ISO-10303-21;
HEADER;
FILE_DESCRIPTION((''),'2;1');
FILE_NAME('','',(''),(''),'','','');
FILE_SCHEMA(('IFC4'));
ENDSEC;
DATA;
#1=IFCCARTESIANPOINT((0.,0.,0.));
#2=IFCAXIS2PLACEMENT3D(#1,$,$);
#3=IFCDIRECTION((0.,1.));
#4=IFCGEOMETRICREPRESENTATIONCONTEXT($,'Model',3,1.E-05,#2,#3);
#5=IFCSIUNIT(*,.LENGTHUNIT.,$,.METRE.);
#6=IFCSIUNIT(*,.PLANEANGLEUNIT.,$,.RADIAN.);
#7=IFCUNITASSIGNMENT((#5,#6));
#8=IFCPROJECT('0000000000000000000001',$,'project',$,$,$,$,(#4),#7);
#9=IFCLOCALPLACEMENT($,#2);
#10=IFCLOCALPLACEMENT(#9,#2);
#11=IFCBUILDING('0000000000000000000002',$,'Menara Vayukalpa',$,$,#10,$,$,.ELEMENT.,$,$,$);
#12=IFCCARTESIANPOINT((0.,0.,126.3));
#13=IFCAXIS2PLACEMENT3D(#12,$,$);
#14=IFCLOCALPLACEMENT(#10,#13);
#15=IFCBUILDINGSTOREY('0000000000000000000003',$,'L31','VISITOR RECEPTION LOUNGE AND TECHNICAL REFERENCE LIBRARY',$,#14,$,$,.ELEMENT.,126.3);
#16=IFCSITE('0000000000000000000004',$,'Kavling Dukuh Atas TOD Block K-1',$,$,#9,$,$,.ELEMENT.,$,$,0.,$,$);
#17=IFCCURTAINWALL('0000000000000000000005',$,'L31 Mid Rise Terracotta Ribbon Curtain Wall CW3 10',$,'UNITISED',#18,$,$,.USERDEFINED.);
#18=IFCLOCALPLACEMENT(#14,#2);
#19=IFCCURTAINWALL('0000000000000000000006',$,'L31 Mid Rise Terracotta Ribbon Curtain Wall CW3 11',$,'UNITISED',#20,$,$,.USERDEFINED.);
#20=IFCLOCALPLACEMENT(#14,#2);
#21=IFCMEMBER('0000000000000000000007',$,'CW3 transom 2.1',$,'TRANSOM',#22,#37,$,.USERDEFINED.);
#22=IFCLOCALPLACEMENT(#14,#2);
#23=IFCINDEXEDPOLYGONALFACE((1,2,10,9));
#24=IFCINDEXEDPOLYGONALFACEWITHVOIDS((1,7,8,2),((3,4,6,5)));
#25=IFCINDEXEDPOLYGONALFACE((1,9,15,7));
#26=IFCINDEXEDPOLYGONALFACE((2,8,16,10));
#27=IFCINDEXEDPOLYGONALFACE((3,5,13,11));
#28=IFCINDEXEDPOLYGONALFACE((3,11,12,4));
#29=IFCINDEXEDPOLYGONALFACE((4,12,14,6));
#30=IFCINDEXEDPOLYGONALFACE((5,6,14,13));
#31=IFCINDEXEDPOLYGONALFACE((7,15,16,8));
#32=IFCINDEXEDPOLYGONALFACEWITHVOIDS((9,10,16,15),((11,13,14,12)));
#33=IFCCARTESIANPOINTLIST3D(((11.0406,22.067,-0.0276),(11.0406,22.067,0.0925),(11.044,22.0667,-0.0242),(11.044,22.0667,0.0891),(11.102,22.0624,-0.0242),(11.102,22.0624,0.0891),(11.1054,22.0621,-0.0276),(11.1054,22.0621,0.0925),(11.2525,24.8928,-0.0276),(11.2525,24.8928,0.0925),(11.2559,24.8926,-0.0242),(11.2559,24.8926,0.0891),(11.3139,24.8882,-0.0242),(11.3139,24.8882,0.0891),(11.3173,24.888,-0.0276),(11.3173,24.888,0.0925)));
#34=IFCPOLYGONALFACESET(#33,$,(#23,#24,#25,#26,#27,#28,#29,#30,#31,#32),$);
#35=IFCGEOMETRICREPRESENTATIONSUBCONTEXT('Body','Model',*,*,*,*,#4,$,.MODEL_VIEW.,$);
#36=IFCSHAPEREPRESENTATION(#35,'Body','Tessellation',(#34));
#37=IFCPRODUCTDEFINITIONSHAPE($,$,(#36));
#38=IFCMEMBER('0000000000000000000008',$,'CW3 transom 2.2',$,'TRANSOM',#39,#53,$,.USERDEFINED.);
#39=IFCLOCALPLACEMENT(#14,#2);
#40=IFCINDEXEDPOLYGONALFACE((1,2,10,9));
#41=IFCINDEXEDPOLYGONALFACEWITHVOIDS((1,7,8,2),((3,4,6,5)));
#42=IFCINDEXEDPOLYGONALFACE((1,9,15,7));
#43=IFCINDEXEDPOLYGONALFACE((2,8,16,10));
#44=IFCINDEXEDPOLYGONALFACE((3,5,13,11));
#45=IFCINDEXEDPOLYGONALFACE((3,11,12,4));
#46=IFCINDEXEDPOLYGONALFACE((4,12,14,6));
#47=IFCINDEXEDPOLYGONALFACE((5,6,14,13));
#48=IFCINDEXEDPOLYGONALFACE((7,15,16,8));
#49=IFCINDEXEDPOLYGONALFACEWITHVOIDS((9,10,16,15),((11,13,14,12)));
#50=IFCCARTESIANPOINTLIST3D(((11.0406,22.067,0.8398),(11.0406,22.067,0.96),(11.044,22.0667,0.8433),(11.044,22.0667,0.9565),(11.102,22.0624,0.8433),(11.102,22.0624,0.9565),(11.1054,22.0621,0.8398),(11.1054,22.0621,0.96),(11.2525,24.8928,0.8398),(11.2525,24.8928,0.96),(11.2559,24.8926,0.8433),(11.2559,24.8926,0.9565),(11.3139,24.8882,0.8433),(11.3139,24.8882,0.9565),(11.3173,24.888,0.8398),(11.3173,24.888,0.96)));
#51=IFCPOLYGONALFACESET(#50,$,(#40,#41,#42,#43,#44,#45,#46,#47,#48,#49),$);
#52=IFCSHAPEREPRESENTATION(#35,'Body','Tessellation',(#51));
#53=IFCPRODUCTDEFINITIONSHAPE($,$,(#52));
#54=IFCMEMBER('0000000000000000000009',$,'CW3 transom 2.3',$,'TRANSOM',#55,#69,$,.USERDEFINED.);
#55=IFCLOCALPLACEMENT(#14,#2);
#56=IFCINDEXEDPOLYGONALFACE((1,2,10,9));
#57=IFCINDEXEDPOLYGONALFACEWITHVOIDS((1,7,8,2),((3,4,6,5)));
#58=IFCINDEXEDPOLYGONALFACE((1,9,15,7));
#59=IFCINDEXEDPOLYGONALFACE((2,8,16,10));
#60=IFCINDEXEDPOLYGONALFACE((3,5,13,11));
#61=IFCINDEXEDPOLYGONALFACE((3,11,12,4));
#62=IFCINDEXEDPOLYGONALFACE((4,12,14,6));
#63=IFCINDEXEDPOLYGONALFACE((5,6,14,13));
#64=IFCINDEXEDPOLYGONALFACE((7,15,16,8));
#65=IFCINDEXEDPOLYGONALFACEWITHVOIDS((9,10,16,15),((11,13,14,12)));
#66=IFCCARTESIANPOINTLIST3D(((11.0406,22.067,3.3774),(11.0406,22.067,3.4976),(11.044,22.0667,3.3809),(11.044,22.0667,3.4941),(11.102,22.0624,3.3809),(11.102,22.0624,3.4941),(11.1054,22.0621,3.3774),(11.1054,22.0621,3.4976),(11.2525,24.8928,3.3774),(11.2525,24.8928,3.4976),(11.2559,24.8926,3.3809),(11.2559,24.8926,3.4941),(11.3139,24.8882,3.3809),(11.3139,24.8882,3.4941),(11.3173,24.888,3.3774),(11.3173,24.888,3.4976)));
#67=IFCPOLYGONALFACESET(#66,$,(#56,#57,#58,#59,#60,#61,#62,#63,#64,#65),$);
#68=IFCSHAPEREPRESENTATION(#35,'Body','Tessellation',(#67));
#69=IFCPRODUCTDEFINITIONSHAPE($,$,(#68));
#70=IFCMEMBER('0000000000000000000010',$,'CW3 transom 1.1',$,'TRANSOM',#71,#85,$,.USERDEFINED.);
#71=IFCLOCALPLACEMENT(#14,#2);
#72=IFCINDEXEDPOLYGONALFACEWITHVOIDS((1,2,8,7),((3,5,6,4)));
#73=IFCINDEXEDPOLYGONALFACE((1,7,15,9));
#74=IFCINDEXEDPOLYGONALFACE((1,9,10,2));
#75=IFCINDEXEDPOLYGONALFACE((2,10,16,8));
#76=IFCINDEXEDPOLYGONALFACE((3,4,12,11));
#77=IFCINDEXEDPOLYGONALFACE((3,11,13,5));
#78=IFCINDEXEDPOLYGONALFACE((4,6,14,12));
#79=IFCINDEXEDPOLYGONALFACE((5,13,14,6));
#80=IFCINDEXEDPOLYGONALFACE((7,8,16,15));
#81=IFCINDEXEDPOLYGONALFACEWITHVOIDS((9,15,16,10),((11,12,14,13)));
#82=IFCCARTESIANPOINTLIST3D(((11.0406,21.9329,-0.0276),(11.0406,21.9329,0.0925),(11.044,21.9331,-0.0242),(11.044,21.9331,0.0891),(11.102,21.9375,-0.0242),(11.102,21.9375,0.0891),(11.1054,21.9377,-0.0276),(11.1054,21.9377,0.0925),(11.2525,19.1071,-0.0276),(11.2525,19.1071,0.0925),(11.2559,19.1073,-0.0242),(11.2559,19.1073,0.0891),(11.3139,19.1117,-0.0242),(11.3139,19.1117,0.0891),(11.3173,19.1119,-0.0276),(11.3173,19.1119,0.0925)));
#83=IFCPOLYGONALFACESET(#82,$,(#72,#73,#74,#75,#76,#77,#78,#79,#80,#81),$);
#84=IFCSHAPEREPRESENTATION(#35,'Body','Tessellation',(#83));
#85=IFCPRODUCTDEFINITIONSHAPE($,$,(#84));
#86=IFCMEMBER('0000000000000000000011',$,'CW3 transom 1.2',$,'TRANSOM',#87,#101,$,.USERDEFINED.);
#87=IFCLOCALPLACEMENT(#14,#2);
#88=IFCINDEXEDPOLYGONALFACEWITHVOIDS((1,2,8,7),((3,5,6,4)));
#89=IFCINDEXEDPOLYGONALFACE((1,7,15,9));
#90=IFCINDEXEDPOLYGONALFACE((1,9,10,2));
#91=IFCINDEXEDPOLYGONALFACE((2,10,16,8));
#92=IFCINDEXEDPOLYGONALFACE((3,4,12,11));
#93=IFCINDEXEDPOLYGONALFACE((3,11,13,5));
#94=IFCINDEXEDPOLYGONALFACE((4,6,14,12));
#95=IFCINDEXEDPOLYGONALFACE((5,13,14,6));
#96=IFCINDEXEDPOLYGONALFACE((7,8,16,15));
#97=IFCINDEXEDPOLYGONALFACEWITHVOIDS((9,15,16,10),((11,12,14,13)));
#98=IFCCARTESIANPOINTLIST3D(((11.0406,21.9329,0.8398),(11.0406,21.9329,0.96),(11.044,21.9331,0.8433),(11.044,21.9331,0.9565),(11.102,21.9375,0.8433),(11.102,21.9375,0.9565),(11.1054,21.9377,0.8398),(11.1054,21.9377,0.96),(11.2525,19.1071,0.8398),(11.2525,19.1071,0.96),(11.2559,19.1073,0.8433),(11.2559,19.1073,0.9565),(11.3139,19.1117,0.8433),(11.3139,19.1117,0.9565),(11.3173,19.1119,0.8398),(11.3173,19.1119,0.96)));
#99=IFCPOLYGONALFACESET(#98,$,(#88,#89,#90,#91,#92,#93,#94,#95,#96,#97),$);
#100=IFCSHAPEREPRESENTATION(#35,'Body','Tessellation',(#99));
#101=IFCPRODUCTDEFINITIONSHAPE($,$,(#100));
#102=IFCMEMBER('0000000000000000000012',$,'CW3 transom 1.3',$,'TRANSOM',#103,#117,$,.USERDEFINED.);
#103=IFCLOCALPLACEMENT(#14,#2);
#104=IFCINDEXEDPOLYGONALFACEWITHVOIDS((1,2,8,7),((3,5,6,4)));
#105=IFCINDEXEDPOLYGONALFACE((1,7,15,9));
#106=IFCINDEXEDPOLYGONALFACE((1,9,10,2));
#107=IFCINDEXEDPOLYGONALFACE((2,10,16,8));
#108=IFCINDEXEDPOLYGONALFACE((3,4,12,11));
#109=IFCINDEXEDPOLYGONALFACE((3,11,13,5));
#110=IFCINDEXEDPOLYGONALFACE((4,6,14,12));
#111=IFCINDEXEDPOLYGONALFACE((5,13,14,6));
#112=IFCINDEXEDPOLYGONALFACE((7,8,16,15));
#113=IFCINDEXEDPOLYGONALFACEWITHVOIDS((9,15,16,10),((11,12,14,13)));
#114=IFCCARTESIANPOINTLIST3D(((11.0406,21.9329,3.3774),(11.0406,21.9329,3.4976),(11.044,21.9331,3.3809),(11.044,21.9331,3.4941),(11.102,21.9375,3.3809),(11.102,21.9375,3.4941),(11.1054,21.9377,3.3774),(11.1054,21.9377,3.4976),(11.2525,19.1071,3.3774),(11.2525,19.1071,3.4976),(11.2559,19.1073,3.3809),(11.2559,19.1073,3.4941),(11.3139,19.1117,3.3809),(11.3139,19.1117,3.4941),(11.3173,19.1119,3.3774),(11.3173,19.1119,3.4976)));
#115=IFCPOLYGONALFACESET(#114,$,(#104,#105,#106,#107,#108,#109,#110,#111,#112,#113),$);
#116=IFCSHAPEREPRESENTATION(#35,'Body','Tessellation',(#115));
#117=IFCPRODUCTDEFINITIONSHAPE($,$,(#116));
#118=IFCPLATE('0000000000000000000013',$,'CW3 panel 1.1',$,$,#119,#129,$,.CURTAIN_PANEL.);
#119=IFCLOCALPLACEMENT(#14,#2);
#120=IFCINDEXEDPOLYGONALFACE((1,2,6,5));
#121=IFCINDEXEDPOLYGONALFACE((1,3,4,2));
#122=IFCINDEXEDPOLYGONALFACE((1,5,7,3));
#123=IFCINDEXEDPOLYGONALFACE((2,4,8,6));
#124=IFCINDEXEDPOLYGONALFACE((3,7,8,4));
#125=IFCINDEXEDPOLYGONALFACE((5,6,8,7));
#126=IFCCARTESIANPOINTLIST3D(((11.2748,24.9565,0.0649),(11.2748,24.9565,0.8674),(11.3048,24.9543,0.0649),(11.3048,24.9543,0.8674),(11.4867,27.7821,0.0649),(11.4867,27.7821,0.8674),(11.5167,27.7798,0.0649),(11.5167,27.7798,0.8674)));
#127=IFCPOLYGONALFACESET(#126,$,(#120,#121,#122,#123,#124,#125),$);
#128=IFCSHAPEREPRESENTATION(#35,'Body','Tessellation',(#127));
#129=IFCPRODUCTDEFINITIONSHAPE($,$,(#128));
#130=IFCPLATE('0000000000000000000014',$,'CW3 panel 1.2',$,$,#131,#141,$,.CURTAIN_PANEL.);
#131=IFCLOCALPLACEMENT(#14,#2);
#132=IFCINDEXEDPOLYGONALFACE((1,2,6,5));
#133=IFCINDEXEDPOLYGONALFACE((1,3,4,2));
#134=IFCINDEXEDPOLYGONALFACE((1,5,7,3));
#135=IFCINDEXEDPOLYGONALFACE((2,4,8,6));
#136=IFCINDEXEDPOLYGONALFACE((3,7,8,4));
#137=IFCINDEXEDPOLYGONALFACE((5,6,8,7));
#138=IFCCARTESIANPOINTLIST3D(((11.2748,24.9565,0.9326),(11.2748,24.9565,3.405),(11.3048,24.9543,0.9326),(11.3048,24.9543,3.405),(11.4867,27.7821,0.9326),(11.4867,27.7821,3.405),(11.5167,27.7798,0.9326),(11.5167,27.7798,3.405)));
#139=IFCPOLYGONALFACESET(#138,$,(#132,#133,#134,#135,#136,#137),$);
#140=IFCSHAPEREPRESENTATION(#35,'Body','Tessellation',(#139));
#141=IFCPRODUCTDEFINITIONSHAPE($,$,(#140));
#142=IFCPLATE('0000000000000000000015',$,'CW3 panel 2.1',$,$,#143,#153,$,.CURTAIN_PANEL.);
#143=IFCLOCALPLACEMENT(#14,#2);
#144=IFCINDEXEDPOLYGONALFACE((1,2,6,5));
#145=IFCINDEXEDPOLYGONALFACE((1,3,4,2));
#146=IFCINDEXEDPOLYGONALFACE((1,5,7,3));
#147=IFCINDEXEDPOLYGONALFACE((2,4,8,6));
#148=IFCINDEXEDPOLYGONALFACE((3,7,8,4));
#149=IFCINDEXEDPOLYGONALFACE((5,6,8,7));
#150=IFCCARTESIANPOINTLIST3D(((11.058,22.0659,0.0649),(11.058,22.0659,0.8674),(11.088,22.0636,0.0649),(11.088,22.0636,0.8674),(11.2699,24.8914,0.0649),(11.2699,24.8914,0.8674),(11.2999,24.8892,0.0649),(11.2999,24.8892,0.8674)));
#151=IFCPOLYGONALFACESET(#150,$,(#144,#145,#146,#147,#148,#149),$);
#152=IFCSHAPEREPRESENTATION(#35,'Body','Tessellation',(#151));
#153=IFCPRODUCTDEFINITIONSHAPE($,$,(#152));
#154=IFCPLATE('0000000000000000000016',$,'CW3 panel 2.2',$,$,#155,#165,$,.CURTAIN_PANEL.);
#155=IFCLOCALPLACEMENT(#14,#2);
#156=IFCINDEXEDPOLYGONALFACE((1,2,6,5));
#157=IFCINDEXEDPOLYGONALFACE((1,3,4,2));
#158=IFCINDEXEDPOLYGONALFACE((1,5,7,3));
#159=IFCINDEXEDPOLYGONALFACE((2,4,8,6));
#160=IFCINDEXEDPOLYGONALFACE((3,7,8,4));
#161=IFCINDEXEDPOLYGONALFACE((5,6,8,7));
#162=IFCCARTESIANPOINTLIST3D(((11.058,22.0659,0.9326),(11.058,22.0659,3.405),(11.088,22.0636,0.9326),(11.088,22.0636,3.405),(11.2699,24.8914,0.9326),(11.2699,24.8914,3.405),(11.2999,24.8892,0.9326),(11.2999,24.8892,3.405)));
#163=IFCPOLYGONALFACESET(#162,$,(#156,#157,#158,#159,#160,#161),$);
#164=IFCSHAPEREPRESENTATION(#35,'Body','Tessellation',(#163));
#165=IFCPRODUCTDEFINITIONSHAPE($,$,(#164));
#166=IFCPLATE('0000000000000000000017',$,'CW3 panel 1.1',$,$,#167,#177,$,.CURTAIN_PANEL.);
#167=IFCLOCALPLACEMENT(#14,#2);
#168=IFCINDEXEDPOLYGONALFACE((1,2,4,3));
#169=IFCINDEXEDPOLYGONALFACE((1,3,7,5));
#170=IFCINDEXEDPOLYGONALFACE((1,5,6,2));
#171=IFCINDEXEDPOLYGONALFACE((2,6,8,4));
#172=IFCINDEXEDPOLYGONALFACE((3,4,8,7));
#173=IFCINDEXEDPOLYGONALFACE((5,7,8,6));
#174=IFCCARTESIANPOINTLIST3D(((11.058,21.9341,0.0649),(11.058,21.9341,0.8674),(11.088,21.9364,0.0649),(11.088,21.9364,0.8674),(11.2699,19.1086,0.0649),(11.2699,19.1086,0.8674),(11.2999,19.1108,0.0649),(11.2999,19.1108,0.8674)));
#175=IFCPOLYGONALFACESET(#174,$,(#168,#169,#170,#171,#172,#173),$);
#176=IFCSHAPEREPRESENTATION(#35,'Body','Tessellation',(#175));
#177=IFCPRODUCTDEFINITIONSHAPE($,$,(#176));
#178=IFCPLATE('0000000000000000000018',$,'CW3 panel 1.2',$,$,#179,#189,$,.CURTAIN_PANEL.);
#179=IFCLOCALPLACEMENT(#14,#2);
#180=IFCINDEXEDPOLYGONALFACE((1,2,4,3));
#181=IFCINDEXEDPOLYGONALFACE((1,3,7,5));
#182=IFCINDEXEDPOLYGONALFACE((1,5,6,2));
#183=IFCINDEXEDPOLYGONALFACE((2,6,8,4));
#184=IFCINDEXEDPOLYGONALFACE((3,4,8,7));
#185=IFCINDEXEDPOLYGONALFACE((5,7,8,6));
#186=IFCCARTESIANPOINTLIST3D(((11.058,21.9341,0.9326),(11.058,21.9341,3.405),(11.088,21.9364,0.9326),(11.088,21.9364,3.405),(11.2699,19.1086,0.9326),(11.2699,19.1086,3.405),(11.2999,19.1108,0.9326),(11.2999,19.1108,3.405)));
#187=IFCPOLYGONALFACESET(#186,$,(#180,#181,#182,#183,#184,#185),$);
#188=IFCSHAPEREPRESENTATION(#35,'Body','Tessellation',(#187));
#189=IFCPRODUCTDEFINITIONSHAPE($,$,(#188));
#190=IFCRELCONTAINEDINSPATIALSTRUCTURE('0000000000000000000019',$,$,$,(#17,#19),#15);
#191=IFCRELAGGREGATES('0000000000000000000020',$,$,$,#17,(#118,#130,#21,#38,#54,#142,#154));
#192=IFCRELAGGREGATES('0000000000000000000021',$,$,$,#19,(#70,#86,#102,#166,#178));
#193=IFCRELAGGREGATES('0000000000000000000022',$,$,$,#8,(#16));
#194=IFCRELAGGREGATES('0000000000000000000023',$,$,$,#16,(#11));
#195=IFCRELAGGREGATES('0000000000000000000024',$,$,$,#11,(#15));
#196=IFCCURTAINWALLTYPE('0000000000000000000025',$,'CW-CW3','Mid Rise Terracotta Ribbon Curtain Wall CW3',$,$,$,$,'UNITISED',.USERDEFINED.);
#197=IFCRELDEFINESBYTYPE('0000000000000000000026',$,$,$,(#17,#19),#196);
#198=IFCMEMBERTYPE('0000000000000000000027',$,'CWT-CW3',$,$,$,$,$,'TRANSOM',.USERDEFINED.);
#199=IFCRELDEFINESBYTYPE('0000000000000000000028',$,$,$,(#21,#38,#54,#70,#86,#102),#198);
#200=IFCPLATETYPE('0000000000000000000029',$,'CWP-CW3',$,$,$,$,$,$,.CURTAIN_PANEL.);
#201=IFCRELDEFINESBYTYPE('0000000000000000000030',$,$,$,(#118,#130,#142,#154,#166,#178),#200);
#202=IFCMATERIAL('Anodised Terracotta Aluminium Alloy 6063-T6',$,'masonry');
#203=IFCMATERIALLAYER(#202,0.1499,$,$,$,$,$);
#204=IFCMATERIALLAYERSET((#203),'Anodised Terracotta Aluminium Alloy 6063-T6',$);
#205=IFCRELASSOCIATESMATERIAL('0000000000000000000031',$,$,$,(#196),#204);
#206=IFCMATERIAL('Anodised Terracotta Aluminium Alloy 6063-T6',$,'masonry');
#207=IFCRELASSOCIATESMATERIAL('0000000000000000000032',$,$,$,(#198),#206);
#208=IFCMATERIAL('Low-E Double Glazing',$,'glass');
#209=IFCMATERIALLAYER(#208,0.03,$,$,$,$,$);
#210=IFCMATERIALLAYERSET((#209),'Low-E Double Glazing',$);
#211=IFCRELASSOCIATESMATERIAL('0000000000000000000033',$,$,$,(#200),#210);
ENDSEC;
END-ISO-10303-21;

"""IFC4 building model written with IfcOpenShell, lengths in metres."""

from ifc_helpers import new_model, si_unit, direction, frame, origin, origin_2d, place, context, subcontext, project, spatial, rectangle, hollow_rectangle, extrude, material, layer, layer_set, material_profile, profile_set, type_object, element, aggregate, save


model = new_model("IFC4")

# Units and contexts
model_context = context("Model", 3, precision=1e-05, world=origin(), true_north=direction((0.0, 1.0)))
body_context = subcontext(model_context, "Body", "Model", "MODEL_VIEW")
ifc_project = project(units=[si_unit("LENGTHUNIT", "METRE"), si_unit("PLANEANGLEUNIT", "RADIAN")], contexts=[model_context])

# Site, building, storey
site_placement = place(None, origin())
site = spatial("IfcSite", under=ifc_project, at=site_placement, Name="Kavling Dukuh Atas TOD Block K-1", CompositionType="ELEMENT", RefElevation=0.0)
building_placement = place(site_placement, origin())
building = spatial("IfcBuilding", under=site, at=building_placement, Name="Menara Vayukalpa", CompositionType="ELEMENT")
storey_placement = place(building_placement, frame((0.0, 0.0, 126.3)))
storey = spatial("IfcBuildingStorey", under=building, at=storey_placement, Name="L31", Description="VISITOR RECEPTION LOUNGE AND TECHNICAL REFERENCE LIBRARY", CompositionType="ELEMENT", Elevation=126.3)

# Curtain wall
ifc_material_1 = material(Name="Anodised Terracotta Aluminium Alloy 6063-T6", Category="masonry")
ifc_layer_1 = layer(ifc_material_1, 0.1499)
ifc_layer_set_1 = layer_set([ifc_layer_1], Name="Anodised Terracotta Aluminium Alloy 6063-T6")
curtain_wall_type = type_object("IfcCurtainWallType", Name="CW-CW3", Description="Mid Rise Terracotta Ribbon Curtain Wall CW3", ElementType="UNITISED", PredefinedType="USERDEFINED", material=ifc_layer_set_1)
curtain_wall_1_placement = place(storey_placement, origin())
curtain_wall_1 = element("IfcCurtainWall", 1, at=curtain_wall_1_placement, inside=storey, type_object=curtain_wall_type, Name="L31 Mid Rise Terracotta Ribbon Curtain Wall CW3 10", ObjectType="UNITISED", PredefinedType="USERDEFINED")

# Curtain wall
curtain_wall_2_placement = place(storey_placement, origin())
curtain_wall_2 = element("IfcCurtainWall", 2, at=curtain_wall_2_placement, inside=storey, type_object=curtain_wall_type, Name="L31 Mid Rise Terracotta Ribbon Curtain Wall CW3 11", ObjectType="UNITISED", PredefinedType="USERDEFINED")

# Members
ifc_material_2 = material(Name="Anodised Terracotta Aluminium Alloy 6063-T6", Category="masonry")
ifc_material_profile_1 = material_profile(ifc_material_2, hollow_rectangle(XDim=0.0649, YDim=0.1201, WallThickness=0.0034, at=origin_2d()), Name="ALU 65x120x3.5")
ifc_profile_set_1 = profile_set([ifc_material_profile_1], Name="Anodised Terracotta Aluminium Alloy 6063-T6")
member_type_1 = type_object("IfcMemberType", Name="CWT-CW3", ElementType="TRANSOM", PredefinedType="USERDEFINED", material=ifc_profile_set_1)
member_1_placement = place(storey_placement, frame((11.2849, 24.8904, 0.0325), z_axis=(-0.074786, -0.9972, 0.0), x_axis=(0.9972, -0.074786, 0.0)))
member_1 = element("IfcMember", 3, at=member_1_placement, type_object=member_type_1, Name="CW3 transom 2.1", ObjectType="TRANSOM", PredefinedType="USERDEFINED", context=body_context, shape_type="SweptSolid", body=[
    extrude(hollow_rectangle(XDim=0.0649, YDim=0.1201, WallThickness=0.0034, at=origin_2d()), origin(), (0.0, 0.0, 1.0), 2.8337),
])
member_2_placement = place(storey_placement, frame((11.2849, 24.8904, 0.8999), z_axis=(-0.074786, -0.9972, 0.0), x_axis=(0.9972, -0.074786, 0.0)))
member_2 = element("IfcMember", 4, at=member_2_placement, type_object=member_type_1, Name="CW3 transom 2.2", ObjectType="TRANSOM", PredefinedType="USERDEFINED", context=body_context, shape_type="SweptSolid", body=[
    extrude(hollow_rectangle(XDim=0.0649, YDim=0.1201, WallThickness=0.0034, at=origin_2d()), origin(), (0.0, 0.0, 1.0), 2.8337),
])
member_3_placement = place(storey_placement, frame((11.2849, 24.8904, 3.4375), z_axis=(-0.074786, -0.9972, 0.0), x_axis=(0.9972, -0.074786, 0.0)))
member_3 = element("IfcMember", 5, at=member_3_placement, type_object=member_type_1, Name="CW3 transom 2.3", ObjectType="TRANSOM", PredefinedType="USERDEFINED", context=body_context, shape_type="SweptSolid", body=[
    extrude(hollow_rectangle(XDim=0.0649, YDim=0.1201, WallThickness=0.0034, at=origin_2d()), origin(), (0.0, 0.0, 1.0), 2.8337),
])
member_4_placement = place(storey_placement, frame((11.073, 21.9353, 0.0325), z_axis=(0.074786, -0.9972, 0.0), x_axis=(0.9972, 0.074786, 0.0)))
member_4 = element("IfcMember", 6, at=member_4_placement, type_object=member_type_1, Name="CW3 transom 1.1", ObjectType="TRANSOM", PredefinedType="USERDEFINED", context=body_context, shape_type="SweptSolid", body=[
    extrude(hollow_rectangle(XDim=0.0649, YDim=0.1201, WallThickness=0.0034, at=origin_2d()), origin(), (0.0, 0.0, 1.0), 2.8337),
])
member_5_placement = place(storey_placement, frame((11.073, 21.9353, 0.8999), z_axis=(0.074786, -0.9972, 0.0), x_axis=(0.9972, 0.074786, 0.0)))
member_5 = element("IfcMember", 7, at=member_5_placement, type_object=member_type_1, Name="CW3 transom 1.2", ObjectType="TRANSOM", PredefinedType="USERDEFINED", context=body_context, shape_type="SweptSolid", body=[
    extrude(hollow_rectangle(XDim=0.0649, YDim=0.1201, WallThickness=0.0034, at=origin_2d()), origin(), (0.0, 0.0, 1.0), 2.8337),
])
member_6_placement = place(storey_placement, frame((11.073, 21.9353, 3.4375), z_axis=(0.074786, -0.9972, 0.0), x_axis=(0.9972, 0.074786, 0.0)))
member_6 = element("IfcMember", 8, at=member_6_placement, type_object=member_type_1, Name="CW3 transom 1.3", ObjectType="TRANSOM", PredefinedType="USERDEFINED", context=body_context, shape_type="SweptSolid", body=[
    extrude(hollow_rectangle(XDim=0.0649, YDim=0.1201, WallThickness=0.0034, at=origin_2d()), origin(), (0.0, 0.0, 1.0), 2.8337),
])

# Plates
ifc_material_3 = material(Name="Low-E Double Glazing", Category="glass")
ifc_layer_2 = layer(ifc_material_3, 0.03)
ifc_layer_set_2 = layer_set([ifc_layer_2], Name="Low-E Double Glazing")
plate_type = type_object("IfcPlateType", Name="CWP-CW3", PredefinedType="CURTAIN_PANEL", material=ifc_layer_set_2)
plate_1_placement = place(storey_placement, frame((11.3958, 26.3682, 0.0649), z_axis=(0.0, 0.0, 1.0), x_axis=(-0.074785, -0.9972, 0.0)))
plate_1 = element("IfcPlate", 9, at=plate_1_placement, type_object=plate_type, Name="CW3 panel 1.1", PredefinedType="CURTAIN_PANEL", context=body_context, shape_type="SweptSolid", body=[
    extrude(rectangle(XDim=2.8335, YDim=0.03, at=origin_2d()), origin(), (0.0, 0.0, 1.0), 0.8025),
])
plate_2_placement = place(storey_placement, frame((11.3958, 26.3682, 0.9326), z_axis=(0.0, 0.0, 1.0), x_axis=(-0.074785, -0.9972, 0.0)))
plate_2 = element("IfcPlate", 10, at=plate_2_placement, type_object=plate_type, Name="CW3 panel 1.2", PredefinedType="CURTAIN_PANEL", context=body_context, shape_type="SweptSolid", body=[
    extrude(rectangle(XDim=2.8335, YDim=0.03, at=origin_2d()), origin(), (0.0, 0.0, 1.0), 2.4724),
])
plate_3_placement = place(storey_placement, frame((11.179, 23.4775, 0.0649), z_axis=(0.0, 0.0, 1.0), x_axis=(-0.074785, -0.9972, 0.0)))
plate_3 = element("IfcPlate", 11, at=plate_3_placement, type_object=plate_type, Name="CW3 panel 2.1", PredefinedType="CURTAIN_PANEL", context=body_context, shape_type="SweptSolid", body=[
    extrude(rectangle(XDim=2.8335, YDim=0.03, at=origin_2d()), origin(), (0.0, 0.0, 1.0), 0.8025),
])
plate_4_placement = place(storey_placement, frame((11.179, 23.4775, 0.9326), z_axis=(0.0, 0.0, 1.0), x_axis=(-0.074785, -0.9972, 0.0)))
plate_4 = element("IfcPlate", 12, at=plate_4_placement, type_object=plate_type, Name="CW3 panel 2.2", PredefinedType="CURTAIN_PANEL", context=body_context, shape_type="SweptSolid", body=[
    extrude(rectangle(XDim=2.8335, YDim=0.03, at=origin_2d()), origin(), (0.0, 0.0, 1.0), 2.4724),
])
aggregate(curtain_wall_1, [plate_1, plate_2, member_1, member_2, member_3, plate_3, plate_4])
plate_5_placement = place(storey_placement, frame((11.179, 20.5225, 0.0649), z_axis=(0.0, 0.0, 1.0), x_axis=(0.074785, -0.9972, 0.0)))
plate_5 = element("IfcPlate", 13, at=plate_5_placement, type_object=plate_type, Name="CW3 panel 1.1", PredefinedType="CURTAIN_PANEL", context=body_context, shape_type="SweptSolid", body=[
    extrude(rectangle(XDim=2.8335, YDim=0.03, at=origin_2d()), origin(), (0.0, 0.0, 1.0), 0.8025),
])
plate_6_placement = place(storey_placement, frame((11.179, 20.5225, 0.9326), z_axis=(0.0, 0.0, 1.0), x_axis=(0.074785, -0.9972, 0.0)))
plate_6 = element("IfcPlate", 14, at=plate_6_placement, type_object=plate_type, Name="CW3 panel 1.2", PredefinedType="CURTAIN_PANEL", context=body_context, shape_type="SweptSolid", body=[
    extrude(rectangle(XDim=2.8335, YDim=0.03, at=origin_2d()), origin(), (0.0, 0.0, 1.0), 2.4724),
])
aggregate(curtain_wall_2, [member_4, member_5, member_6, plate_5, plate_6])

save(model, "model.ifc")
